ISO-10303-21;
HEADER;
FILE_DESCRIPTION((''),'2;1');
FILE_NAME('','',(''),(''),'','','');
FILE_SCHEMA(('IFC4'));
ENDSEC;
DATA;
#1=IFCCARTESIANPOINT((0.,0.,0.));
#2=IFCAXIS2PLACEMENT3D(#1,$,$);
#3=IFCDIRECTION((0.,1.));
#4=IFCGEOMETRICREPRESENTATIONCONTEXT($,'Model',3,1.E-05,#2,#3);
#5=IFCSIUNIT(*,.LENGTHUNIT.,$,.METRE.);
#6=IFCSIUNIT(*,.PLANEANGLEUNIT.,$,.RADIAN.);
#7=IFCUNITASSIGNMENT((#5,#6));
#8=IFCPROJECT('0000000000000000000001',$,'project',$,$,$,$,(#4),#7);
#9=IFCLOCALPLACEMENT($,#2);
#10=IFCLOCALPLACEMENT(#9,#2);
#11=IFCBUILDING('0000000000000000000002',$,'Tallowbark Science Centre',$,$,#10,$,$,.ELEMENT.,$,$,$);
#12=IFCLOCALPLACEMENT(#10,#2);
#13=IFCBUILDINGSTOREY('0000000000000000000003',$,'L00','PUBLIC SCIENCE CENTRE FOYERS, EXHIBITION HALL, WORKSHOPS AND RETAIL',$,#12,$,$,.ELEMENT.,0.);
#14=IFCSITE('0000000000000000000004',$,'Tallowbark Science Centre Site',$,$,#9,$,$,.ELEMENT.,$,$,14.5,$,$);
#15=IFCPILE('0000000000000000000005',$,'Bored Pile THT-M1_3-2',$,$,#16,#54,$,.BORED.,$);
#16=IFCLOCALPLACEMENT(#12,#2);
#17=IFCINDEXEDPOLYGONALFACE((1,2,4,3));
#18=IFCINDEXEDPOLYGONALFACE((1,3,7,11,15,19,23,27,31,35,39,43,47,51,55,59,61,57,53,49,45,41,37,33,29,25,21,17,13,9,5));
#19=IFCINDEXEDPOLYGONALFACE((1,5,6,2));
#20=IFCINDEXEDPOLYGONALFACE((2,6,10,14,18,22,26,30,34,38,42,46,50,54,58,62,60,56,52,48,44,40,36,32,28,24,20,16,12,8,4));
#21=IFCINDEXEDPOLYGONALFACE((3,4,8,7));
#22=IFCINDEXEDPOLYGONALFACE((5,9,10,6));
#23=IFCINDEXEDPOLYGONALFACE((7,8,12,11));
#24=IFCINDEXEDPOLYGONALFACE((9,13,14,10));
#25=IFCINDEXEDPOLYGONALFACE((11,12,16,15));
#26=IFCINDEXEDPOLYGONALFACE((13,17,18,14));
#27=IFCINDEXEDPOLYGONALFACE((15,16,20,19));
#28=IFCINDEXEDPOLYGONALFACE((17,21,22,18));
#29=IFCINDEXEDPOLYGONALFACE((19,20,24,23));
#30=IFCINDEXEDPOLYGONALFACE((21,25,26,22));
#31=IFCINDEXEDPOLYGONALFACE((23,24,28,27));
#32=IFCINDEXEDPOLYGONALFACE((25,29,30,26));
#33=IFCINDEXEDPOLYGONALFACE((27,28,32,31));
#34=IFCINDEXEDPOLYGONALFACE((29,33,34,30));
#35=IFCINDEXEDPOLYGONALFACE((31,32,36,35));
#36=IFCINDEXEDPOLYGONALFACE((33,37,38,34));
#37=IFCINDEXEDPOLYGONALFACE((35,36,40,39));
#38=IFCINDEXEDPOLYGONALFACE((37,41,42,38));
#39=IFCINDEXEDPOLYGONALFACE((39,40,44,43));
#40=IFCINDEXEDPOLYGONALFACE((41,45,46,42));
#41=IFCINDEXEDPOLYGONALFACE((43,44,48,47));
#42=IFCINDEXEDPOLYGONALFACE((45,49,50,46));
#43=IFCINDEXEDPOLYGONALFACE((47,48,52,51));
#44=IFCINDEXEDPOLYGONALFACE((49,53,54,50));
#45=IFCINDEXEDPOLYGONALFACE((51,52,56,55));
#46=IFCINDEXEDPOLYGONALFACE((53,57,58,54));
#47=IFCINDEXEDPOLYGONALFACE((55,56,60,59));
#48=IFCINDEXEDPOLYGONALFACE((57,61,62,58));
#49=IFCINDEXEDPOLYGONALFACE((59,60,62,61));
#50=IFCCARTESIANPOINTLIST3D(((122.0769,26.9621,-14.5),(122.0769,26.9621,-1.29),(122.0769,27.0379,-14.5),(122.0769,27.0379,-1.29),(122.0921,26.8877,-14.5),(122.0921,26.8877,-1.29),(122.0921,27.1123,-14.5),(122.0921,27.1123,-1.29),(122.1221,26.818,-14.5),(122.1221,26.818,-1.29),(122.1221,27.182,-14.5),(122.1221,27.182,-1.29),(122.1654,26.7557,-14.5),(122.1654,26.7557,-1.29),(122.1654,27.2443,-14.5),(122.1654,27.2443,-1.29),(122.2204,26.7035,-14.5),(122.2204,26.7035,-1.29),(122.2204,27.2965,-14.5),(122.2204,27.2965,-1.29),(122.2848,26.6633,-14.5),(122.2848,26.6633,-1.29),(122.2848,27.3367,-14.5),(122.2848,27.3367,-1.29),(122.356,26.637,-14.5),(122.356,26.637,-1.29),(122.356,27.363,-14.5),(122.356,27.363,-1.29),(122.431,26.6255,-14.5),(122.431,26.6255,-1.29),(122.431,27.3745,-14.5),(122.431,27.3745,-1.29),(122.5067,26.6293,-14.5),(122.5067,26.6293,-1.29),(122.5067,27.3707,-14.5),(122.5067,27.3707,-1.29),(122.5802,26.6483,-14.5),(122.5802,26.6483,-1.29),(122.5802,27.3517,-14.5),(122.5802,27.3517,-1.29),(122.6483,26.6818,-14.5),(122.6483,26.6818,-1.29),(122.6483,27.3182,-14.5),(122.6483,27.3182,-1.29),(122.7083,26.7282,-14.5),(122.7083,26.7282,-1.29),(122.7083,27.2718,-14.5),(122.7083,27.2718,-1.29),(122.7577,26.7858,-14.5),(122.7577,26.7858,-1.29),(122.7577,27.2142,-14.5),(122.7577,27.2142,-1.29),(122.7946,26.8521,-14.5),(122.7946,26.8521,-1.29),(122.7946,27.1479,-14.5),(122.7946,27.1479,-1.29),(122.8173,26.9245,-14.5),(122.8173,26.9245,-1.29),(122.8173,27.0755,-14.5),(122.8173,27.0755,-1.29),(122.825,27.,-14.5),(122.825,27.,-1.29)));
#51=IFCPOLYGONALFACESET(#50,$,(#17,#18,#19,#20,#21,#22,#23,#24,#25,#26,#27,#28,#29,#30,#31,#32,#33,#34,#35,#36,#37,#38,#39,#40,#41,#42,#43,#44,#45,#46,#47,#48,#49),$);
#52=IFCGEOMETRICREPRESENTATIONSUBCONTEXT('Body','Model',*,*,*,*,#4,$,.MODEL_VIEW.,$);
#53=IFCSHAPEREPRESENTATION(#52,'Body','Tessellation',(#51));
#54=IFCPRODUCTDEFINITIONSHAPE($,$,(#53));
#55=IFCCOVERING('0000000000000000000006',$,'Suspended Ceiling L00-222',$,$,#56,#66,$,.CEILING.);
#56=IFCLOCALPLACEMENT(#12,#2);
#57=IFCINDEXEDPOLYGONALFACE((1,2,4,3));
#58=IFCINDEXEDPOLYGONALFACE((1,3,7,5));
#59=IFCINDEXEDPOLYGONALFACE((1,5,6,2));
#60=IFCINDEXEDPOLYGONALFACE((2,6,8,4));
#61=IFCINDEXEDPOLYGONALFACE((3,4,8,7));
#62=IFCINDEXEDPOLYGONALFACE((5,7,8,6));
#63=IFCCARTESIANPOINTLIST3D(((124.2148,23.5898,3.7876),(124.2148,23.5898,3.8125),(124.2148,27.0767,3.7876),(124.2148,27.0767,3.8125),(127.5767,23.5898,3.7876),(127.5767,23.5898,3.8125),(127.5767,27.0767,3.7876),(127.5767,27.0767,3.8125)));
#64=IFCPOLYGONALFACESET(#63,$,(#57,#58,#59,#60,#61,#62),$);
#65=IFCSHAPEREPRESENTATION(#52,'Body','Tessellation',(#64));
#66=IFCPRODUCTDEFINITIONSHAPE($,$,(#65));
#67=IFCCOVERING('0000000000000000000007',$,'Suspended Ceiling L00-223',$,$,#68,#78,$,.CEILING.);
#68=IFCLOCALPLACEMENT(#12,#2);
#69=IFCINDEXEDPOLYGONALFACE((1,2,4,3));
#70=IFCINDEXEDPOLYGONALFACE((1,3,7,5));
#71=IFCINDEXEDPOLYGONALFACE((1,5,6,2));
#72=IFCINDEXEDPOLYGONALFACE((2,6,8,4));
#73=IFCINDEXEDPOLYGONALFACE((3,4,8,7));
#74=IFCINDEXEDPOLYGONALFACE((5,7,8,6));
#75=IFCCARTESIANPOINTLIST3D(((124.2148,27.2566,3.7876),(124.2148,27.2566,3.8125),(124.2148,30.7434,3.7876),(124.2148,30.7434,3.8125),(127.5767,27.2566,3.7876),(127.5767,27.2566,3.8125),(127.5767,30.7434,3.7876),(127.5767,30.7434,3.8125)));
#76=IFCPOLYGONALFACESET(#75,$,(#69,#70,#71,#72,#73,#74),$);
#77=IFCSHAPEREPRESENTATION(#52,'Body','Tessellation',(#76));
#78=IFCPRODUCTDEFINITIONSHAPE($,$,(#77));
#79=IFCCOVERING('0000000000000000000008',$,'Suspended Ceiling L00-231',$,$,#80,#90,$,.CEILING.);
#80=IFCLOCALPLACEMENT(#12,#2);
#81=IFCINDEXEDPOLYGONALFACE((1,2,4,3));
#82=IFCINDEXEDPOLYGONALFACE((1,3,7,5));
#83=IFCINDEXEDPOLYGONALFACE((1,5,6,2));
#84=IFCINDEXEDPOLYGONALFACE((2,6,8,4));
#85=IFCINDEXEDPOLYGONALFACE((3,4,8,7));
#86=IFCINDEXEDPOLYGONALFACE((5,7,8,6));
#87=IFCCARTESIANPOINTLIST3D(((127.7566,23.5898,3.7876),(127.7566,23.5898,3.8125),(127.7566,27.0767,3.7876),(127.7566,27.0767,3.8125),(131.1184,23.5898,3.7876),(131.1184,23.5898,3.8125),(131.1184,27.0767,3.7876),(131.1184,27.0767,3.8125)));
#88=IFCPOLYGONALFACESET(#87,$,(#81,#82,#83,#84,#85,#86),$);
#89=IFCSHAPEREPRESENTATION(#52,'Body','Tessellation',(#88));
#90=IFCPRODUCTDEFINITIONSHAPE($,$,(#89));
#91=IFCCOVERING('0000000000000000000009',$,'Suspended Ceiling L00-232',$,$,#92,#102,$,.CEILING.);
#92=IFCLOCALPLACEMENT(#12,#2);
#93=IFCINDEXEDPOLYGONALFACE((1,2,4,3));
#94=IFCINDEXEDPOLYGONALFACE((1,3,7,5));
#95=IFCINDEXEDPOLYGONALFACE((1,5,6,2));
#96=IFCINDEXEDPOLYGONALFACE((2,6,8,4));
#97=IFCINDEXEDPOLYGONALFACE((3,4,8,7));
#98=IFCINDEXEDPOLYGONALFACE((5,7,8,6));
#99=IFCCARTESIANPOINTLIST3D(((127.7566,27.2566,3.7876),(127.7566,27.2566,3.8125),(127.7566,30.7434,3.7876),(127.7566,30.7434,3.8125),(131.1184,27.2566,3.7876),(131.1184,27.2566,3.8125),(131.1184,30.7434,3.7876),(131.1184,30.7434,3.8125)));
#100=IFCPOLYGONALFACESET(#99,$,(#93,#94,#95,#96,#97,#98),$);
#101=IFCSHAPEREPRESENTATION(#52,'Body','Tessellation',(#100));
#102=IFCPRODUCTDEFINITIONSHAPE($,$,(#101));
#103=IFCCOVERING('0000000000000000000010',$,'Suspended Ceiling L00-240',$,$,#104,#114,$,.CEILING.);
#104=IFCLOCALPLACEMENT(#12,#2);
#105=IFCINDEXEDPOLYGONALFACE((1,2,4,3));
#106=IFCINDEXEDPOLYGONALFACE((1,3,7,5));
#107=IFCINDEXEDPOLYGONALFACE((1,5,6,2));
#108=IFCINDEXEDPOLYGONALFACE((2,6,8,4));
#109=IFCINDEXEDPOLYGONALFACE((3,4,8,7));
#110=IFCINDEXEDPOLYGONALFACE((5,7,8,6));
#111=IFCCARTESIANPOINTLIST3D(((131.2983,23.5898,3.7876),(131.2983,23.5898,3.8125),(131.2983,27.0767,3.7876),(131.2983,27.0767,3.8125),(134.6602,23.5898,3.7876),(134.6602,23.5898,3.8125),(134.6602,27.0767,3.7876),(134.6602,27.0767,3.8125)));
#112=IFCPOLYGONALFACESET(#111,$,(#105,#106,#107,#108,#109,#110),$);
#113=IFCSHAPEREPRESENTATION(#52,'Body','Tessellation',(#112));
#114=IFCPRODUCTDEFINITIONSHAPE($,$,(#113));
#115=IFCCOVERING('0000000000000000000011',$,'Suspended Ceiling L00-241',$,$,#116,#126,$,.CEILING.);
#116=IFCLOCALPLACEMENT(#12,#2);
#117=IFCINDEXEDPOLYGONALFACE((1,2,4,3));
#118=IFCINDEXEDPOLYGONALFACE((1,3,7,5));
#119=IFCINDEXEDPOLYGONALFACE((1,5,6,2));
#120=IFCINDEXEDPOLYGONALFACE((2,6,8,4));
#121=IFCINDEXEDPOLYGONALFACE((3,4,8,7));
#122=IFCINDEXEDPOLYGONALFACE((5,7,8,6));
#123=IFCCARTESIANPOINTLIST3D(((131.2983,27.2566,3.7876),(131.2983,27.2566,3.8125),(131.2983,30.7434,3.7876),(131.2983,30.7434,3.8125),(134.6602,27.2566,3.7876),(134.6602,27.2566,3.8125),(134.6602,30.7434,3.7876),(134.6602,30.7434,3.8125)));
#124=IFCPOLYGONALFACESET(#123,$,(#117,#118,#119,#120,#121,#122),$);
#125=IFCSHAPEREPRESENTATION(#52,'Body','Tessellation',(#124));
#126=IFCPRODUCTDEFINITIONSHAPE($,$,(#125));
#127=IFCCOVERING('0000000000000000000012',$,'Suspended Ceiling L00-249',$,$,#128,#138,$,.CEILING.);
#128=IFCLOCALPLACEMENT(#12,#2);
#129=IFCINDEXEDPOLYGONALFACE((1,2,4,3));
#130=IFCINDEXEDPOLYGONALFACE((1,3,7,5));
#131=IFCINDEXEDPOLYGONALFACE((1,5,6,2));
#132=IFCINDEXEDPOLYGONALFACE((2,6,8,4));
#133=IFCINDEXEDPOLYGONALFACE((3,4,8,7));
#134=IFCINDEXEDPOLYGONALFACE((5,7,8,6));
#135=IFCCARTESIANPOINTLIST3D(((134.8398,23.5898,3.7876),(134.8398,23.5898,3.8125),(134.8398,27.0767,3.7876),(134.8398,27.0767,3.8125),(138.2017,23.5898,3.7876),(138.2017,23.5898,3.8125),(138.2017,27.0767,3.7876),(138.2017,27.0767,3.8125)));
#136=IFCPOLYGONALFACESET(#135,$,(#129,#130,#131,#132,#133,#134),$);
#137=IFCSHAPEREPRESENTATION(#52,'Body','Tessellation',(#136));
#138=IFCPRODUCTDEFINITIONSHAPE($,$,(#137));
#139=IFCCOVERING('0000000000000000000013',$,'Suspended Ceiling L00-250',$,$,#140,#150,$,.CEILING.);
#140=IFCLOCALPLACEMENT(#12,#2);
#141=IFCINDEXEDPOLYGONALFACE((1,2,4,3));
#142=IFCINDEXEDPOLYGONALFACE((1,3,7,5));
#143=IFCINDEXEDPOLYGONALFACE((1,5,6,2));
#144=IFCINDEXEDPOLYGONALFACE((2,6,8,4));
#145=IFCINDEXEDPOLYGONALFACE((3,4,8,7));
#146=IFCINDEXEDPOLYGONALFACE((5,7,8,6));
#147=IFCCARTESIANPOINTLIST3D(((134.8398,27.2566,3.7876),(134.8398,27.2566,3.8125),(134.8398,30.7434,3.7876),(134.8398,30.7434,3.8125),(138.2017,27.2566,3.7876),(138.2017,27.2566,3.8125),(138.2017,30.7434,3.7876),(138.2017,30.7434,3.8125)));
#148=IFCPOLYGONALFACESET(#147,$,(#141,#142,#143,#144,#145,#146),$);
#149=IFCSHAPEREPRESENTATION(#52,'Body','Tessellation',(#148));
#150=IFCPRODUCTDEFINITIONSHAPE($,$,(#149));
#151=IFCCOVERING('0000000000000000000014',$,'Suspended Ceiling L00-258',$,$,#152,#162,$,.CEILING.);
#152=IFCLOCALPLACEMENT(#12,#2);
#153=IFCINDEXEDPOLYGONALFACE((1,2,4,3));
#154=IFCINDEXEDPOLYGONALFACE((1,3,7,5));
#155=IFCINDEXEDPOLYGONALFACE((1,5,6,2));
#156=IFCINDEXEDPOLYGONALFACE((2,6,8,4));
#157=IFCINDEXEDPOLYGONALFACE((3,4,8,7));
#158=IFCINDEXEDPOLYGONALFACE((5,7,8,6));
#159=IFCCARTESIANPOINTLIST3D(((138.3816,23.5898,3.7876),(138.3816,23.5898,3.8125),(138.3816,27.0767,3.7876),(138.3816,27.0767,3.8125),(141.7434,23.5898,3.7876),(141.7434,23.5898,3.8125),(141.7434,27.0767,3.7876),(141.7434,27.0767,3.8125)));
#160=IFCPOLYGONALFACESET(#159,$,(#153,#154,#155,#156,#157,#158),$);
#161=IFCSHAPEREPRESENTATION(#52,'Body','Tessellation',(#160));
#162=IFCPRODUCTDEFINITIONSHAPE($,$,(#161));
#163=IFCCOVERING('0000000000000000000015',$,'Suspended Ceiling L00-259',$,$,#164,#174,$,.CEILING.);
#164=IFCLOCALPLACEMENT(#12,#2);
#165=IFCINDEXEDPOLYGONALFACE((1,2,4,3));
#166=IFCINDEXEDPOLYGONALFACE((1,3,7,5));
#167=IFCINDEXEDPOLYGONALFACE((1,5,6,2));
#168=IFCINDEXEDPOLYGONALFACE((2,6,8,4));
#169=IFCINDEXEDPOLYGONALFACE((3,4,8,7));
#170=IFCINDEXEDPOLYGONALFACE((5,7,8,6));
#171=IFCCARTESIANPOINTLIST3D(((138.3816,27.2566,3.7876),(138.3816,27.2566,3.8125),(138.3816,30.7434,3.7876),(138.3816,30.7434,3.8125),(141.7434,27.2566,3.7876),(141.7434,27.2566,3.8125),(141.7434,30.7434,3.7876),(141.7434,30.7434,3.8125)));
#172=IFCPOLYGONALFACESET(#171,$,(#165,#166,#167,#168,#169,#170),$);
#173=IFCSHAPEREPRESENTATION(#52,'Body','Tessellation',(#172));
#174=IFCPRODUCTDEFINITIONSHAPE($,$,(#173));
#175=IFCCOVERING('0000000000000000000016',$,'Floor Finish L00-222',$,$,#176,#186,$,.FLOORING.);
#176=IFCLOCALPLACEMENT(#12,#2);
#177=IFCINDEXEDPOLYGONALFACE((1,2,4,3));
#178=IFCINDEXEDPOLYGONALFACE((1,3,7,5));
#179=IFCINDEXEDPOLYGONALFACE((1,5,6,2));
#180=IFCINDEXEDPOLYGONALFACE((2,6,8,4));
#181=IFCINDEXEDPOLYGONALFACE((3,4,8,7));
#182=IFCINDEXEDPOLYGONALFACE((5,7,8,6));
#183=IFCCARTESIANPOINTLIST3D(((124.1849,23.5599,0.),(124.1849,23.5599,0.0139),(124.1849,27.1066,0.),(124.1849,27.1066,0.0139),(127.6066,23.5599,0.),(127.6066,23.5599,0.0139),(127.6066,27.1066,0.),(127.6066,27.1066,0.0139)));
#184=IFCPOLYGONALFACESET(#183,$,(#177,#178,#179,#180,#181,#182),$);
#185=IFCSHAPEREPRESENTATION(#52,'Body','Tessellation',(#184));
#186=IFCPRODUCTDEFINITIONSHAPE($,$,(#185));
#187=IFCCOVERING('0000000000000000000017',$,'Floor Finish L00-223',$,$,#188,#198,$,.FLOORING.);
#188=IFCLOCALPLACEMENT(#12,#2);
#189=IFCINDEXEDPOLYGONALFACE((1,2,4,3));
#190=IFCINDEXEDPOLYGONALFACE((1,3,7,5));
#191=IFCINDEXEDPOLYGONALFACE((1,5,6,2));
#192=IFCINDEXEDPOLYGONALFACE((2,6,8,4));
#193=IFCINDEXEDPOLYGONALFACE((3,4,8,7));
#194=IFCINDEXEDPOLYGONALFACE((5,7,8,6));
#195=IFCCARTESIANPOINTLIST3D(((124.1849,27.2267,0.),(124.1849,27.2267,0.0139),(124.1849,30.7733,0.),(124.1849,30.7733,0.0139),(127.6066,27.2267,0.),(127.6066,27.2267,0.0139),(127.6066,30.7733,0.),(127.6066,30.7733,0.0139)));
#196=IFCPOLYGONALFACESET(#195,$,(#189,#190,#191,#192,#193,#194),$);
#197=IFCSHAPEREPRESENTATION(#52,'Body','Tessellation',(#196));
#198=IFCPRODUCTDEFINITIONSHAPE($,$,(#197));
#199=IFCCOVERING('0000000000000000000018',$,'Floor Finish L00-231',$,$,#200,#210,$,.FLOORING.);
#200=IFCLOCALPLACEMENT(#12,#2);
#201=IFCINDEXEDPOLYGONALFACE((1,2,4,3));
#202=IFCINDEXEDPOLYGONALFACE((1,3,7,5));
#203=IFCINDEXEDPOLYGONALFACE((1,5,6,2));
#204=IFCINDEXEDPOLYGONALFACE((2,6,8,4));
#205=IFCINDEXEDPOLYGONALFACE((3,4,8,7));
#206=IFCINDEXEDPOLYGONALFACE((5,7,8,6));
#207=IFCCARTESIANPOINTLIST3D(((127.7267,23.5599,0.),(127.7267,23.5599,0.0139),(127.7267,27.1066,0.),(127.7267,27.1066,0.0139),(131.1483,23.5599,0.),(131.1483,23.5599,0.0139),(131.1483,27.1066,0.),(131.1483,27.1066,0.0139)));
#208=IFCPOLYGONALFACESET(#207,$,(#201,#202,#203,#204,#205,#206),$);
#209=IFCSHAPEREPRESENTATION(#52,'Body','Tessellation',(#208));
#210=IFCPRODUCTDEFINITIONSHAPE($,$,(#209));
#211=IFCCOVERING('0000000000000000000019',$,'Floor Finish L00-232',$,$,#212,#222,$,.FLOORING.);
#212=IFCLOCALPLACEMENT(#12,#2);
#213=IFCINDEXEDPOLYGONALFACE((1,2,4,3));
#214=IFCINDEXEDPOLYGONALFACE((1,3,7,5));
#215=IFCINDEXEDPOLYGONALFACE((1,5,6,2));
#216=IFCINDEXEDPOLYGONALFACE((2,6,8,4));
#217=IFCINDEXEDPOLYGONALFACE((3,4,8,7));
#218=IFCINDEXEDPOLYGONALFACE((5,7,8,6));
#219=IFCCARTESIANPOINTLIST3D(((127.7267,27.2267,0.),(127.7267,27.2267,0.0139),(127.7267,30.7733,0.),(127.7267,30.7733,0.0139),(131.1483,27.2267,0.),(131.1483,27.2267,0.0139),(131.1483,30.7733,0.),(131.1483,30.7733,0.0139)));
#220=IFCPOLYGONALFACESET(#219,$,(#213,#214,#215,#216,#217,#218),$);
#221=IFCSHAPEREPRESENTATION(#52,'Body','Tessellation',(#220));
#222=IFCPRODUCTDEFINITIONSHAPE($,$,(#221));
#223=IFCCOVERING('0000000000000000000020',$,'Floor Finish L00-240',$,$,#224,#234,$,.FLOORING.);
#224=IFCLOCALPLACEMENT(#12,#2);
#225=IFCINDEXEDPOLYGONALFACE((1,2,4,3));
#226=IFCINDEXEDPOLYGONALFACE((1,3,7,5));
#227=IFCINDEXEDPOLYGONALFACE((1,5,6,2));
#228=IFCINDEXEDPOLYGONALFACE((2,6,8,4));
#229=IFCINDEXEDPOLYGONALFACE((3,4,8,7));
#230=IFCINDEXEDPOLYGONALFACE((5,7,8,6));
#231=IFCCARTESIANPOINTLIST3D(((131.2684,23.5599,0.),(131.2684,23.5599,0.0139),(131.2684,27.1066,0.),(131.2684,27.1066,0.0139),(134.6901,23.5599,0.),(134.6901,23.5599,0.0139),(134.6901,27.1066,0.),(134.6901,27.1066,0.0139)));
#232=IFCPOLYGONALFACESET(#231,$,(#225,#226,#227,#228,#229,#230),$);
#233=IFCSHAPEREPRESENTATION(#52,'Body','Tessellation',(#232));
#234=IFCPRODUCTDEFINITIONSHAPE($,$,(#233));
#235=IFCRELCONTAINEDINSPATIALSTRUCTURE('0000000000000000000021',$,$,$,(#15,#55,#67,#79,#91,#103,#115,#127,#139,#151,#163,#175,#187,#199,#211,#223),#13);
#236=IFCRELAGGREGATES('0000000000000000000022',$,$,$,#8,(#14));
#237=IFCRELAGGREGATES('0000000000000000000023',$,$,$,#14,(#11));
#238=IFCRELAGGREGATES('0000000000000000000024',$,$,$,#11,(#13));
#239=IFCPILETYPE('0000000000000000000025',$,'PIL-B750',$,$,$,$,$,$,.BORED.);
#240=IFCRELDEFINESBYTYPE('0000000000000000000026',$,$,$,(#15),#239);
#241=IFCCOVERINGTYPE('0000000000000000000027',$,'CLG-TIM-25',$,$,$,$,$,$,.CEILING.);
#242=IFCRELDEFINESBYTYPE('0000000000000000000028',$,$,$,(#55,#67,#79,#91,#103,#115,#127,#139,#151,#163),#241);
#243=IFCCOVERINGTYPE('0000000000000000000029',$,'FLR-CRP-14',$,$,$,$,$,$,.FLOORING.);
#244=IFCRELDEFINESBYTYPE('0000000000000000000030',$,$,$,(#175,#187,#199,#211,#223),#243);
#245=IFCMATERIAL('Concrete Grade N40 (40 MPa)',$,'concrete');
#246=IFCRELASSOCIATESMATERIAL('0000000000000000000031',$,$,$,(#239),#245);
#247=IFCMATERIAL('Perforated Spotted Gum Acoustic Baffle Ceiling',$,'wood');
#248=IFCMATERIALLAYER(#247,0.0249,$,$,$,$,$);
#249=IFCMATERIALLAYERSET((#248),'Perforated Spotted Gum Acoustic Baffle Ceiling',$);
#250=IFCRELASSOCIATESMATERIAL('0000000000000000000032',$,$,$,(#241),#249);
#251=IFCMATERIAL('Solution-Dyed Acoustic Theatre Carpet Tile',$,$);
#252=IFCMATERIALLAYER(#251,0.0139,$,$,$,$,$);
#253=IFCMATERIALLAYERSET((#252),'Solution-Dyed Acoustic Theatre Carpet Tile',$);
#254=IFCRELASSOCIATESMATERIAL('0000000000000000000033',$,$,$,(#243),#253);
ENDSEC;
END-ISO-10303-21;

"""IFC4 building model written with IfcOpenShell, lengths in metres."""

from ifc_helpers import new_model, si_unit, direction, frame, origin, origin_2d, place, context, subcontext, project, spatial, rectangle, circle, extrude, material, layer, layer_set, material_profile, profile_set, type_object, element, save


model = new_model("IFC4")

# Units and contexts
model_context = context("Model", 3, precision=1e-05, world=origin(), true_north=direction((0.0, 1.0)))
body_context = subcontext(model_context, "Body", "Model", "MODEL_VIEW")
ifc_project = project(units=[si_unit("LENGTHUNIT", "METRE"), si_unit("PLANEANGLEUNIT", "RADIAN")], contexts=[model_context])

# Site, building, storey
site_placement = place(None, origin())
site = spatial("IfcSite", under=ifc_project, at=site_placement, Name="Tallowbark Science Centre Site", CompositionType="ELEMENT", RefElevation=14.5)
building_placement = place(site_placement, origin())
building = spatial("IfcBuilding", under=site, at=building_placement, Name="Tallowbark Science Centre", CompositionType="ELEMENT")
storey_placement = place(building_placement, origin())
storey = spatial("IfcBuildingStorey", under=building, at=storey_placement, Name="L00", Description="PUBLIC SCIENCE CENTRE FOYERS, EXHIBITION HALL, WORKSHOPS AND RETAIL", CompositionType="ELEMENT", Elevation=0.0)

# Pile
ifc_material_1 = material(Name="Concrete Grade N40 (40 MPa)", Category="concrete")
ifc_material_profile = material_profile(ifc_material_1, circle(Radius=0.375, at=origin_2d()), Name="PILE750")
ifc_profile_set = profile_set([ifc_material_profile], Name="Concrete Grade N40 (40 MPa)")
pile_type = type_object("IfcPileType", Name="PIL-B750", PredefinedType="BORED", material=ifc_profile_set)
pile_placement = place(storey_placement, frame((122.45, 27.0, -1.29), z_axis=(0.0, 0.0, -1.0), x_axis=(1.0, 0.0, 0.0)))
element("IfcPile", 1, at=pile_placement, inside=storey, type_object=pile_type, Name="Bored Pile THT-M1_3-2", PredefinedType="BORED", context=body_context, shape_type="SweptSolid", body=[
    extrude(circle(Radius=0.375, at=origin_2d()), origin(), (0.0, 0.0, 1.0), 13.21),
])

# Coverings
ifc_material_2 = material(Name="Perforated Spotted Gum Acoustic Baffle Ceiling", Category="wood")
ifc_layer_1 = layer(ifc_material_2, 0.0249)
ifc_layer_set_1 = layer_set([ifc_layer_1], Name="Perforated Spotted Gum Acoustic Baffle Ceiling")
covering_type_1 = type_object("IfcCoveringType", Name="CLG-TIM-25", PredefinedType="CEILING", material=ifc_layer_set_1)
for number, where, z_axis, x_axis, name in (
    (2, (125.8958, 25.3333, 3.7876), (0.0, 0.0, 1.0), (1.0, 0.0, 0.0), "Suspended Ceiling L00-222"),
    (3, (125.8958, 29.0, 3.7876), (0.0, 0.0, 1.0), (1.0, 0.0, 0.0), "Suspended Ceiling L00-223"),
    (4, (129.4375, 25.3333, 3.7876), (0.0, 0.0, 1.0), (1.0, 0.0, 0.0), "Suspended Ceiling L00-231"),
    (5, (129.4375, 29.0, 3.7876), (0.0, 0.0, 1.0), (1.0, 0.0, 0.0), "Suspended Ceiling L00-232"),
    (6, (132.9792, 25.3333, 3.7876), (0.0, 0.0, 1.0), (1.0, 0.0, 0.0), "Suspended Ceiling L00-240"),
    (7, (132.9792, 29.0, 3.7876), (0.0, 0.0, 1.0), (1.0, 0.0, 0.0), "Suspended Ceiling L00-241"),
    (8, (136.5208, 25.3333, 3.7876), (0.0, 0.0, 1.0), (1.0, 0.0, 0.0), "Suspended Ceiling L00-249"),
    (9, (136.5208, 29.0, 3.7876), (0.0, 0.0, 1.0), (1.0, 0.0, 0.0), "Suspended Ceiling L00-250"),
    (10, (140.0625, 25.3333, 3.7876), (0.0, 0.0, 1.0), (1.0, 0.0, 0.0), "Suspended Ceiling L00-258"),
    (11, (140.0625, 29.0, 3.7876), (0.0, 0.0, 1.0), (1.0, 0.0, 0.0), "Suspended Ceiling L00-259"),
):
    element("IfcCovering", number, at=place(storey_placement, frame(where, z_axis=z_axis, x_axis=x_axis)), inside=storey, type_object=covering_type_1, Name=name, PredefinedType="CEILING", context=body_context, shape_type="SweptSolid", body=[
        extrude(rectangle(XDim=3.3618, YDim=3.4868, at=origin_2d()), origin(), (0.0, 0.0, 1.0), 0.0249),
    ])
ifc_material_3 = material(Name="Solution-Dyed Acoustic Theatre Carpet Tile")
ifc_layer_2 = layer(ifc_material_3, 0.0139)
ifc_layer_set_2 = layer_set([ifc_layer_2], Name="Solution-Dyed Acoustic Theatre Carpet Tile")
covering_type_2 = type_object("IfcCoveringType", Name="FLR-CRP-14", PredefinedType="FLOORING", material=ifc_layer_set_2)
for number, where, z_axis, x_axis, name in (
    (12, (125.8958, 25.3333, 0.0), (0.0, 0.0, 1.0), (1.0, 0.0, 0.0), "Floor Finish L00-222"),
    (13, (125.8958, 29.0, 0.0), (0.0, 0.0, 1.0), (1.0, 0.0, 0.0), "Floor Finish L00-223"),
    (14, (129.4375, 25.3333, 0.0), (0.0, 0.0, 1.0), (1.0, 0.0, 0.0), "Floor Finish L00-231"),
    (15, (129.4375, 29.0, 0.0), (0.0, 0.0, 1.0), (1.0, 0.0, 0.0), "Floor Finish L00-232"),
    (16, (132.9792, 25.3333, 0.0), (0.0, 0.0, 1.0), (1.0, 0.0, 0.0), "Floor Finish L00-240"),
):
    element("IfcCovering", number, at=place(storey_placement, frame(where, z_axis=z_axis, x_axis=x_axis)), inside=storey, type_object=covering_type_2, Name=name, PredefinedType="FLOORING", context=body_context, shape_type="SweptSolid", body=[
        extrude(rectangle(XDim=3.4216, YDim=3.5466, at=origin_2d()), origin(), (0.0, 0.0, 1.0), 0.0139),
    ])

save(model, "model.ifc")
